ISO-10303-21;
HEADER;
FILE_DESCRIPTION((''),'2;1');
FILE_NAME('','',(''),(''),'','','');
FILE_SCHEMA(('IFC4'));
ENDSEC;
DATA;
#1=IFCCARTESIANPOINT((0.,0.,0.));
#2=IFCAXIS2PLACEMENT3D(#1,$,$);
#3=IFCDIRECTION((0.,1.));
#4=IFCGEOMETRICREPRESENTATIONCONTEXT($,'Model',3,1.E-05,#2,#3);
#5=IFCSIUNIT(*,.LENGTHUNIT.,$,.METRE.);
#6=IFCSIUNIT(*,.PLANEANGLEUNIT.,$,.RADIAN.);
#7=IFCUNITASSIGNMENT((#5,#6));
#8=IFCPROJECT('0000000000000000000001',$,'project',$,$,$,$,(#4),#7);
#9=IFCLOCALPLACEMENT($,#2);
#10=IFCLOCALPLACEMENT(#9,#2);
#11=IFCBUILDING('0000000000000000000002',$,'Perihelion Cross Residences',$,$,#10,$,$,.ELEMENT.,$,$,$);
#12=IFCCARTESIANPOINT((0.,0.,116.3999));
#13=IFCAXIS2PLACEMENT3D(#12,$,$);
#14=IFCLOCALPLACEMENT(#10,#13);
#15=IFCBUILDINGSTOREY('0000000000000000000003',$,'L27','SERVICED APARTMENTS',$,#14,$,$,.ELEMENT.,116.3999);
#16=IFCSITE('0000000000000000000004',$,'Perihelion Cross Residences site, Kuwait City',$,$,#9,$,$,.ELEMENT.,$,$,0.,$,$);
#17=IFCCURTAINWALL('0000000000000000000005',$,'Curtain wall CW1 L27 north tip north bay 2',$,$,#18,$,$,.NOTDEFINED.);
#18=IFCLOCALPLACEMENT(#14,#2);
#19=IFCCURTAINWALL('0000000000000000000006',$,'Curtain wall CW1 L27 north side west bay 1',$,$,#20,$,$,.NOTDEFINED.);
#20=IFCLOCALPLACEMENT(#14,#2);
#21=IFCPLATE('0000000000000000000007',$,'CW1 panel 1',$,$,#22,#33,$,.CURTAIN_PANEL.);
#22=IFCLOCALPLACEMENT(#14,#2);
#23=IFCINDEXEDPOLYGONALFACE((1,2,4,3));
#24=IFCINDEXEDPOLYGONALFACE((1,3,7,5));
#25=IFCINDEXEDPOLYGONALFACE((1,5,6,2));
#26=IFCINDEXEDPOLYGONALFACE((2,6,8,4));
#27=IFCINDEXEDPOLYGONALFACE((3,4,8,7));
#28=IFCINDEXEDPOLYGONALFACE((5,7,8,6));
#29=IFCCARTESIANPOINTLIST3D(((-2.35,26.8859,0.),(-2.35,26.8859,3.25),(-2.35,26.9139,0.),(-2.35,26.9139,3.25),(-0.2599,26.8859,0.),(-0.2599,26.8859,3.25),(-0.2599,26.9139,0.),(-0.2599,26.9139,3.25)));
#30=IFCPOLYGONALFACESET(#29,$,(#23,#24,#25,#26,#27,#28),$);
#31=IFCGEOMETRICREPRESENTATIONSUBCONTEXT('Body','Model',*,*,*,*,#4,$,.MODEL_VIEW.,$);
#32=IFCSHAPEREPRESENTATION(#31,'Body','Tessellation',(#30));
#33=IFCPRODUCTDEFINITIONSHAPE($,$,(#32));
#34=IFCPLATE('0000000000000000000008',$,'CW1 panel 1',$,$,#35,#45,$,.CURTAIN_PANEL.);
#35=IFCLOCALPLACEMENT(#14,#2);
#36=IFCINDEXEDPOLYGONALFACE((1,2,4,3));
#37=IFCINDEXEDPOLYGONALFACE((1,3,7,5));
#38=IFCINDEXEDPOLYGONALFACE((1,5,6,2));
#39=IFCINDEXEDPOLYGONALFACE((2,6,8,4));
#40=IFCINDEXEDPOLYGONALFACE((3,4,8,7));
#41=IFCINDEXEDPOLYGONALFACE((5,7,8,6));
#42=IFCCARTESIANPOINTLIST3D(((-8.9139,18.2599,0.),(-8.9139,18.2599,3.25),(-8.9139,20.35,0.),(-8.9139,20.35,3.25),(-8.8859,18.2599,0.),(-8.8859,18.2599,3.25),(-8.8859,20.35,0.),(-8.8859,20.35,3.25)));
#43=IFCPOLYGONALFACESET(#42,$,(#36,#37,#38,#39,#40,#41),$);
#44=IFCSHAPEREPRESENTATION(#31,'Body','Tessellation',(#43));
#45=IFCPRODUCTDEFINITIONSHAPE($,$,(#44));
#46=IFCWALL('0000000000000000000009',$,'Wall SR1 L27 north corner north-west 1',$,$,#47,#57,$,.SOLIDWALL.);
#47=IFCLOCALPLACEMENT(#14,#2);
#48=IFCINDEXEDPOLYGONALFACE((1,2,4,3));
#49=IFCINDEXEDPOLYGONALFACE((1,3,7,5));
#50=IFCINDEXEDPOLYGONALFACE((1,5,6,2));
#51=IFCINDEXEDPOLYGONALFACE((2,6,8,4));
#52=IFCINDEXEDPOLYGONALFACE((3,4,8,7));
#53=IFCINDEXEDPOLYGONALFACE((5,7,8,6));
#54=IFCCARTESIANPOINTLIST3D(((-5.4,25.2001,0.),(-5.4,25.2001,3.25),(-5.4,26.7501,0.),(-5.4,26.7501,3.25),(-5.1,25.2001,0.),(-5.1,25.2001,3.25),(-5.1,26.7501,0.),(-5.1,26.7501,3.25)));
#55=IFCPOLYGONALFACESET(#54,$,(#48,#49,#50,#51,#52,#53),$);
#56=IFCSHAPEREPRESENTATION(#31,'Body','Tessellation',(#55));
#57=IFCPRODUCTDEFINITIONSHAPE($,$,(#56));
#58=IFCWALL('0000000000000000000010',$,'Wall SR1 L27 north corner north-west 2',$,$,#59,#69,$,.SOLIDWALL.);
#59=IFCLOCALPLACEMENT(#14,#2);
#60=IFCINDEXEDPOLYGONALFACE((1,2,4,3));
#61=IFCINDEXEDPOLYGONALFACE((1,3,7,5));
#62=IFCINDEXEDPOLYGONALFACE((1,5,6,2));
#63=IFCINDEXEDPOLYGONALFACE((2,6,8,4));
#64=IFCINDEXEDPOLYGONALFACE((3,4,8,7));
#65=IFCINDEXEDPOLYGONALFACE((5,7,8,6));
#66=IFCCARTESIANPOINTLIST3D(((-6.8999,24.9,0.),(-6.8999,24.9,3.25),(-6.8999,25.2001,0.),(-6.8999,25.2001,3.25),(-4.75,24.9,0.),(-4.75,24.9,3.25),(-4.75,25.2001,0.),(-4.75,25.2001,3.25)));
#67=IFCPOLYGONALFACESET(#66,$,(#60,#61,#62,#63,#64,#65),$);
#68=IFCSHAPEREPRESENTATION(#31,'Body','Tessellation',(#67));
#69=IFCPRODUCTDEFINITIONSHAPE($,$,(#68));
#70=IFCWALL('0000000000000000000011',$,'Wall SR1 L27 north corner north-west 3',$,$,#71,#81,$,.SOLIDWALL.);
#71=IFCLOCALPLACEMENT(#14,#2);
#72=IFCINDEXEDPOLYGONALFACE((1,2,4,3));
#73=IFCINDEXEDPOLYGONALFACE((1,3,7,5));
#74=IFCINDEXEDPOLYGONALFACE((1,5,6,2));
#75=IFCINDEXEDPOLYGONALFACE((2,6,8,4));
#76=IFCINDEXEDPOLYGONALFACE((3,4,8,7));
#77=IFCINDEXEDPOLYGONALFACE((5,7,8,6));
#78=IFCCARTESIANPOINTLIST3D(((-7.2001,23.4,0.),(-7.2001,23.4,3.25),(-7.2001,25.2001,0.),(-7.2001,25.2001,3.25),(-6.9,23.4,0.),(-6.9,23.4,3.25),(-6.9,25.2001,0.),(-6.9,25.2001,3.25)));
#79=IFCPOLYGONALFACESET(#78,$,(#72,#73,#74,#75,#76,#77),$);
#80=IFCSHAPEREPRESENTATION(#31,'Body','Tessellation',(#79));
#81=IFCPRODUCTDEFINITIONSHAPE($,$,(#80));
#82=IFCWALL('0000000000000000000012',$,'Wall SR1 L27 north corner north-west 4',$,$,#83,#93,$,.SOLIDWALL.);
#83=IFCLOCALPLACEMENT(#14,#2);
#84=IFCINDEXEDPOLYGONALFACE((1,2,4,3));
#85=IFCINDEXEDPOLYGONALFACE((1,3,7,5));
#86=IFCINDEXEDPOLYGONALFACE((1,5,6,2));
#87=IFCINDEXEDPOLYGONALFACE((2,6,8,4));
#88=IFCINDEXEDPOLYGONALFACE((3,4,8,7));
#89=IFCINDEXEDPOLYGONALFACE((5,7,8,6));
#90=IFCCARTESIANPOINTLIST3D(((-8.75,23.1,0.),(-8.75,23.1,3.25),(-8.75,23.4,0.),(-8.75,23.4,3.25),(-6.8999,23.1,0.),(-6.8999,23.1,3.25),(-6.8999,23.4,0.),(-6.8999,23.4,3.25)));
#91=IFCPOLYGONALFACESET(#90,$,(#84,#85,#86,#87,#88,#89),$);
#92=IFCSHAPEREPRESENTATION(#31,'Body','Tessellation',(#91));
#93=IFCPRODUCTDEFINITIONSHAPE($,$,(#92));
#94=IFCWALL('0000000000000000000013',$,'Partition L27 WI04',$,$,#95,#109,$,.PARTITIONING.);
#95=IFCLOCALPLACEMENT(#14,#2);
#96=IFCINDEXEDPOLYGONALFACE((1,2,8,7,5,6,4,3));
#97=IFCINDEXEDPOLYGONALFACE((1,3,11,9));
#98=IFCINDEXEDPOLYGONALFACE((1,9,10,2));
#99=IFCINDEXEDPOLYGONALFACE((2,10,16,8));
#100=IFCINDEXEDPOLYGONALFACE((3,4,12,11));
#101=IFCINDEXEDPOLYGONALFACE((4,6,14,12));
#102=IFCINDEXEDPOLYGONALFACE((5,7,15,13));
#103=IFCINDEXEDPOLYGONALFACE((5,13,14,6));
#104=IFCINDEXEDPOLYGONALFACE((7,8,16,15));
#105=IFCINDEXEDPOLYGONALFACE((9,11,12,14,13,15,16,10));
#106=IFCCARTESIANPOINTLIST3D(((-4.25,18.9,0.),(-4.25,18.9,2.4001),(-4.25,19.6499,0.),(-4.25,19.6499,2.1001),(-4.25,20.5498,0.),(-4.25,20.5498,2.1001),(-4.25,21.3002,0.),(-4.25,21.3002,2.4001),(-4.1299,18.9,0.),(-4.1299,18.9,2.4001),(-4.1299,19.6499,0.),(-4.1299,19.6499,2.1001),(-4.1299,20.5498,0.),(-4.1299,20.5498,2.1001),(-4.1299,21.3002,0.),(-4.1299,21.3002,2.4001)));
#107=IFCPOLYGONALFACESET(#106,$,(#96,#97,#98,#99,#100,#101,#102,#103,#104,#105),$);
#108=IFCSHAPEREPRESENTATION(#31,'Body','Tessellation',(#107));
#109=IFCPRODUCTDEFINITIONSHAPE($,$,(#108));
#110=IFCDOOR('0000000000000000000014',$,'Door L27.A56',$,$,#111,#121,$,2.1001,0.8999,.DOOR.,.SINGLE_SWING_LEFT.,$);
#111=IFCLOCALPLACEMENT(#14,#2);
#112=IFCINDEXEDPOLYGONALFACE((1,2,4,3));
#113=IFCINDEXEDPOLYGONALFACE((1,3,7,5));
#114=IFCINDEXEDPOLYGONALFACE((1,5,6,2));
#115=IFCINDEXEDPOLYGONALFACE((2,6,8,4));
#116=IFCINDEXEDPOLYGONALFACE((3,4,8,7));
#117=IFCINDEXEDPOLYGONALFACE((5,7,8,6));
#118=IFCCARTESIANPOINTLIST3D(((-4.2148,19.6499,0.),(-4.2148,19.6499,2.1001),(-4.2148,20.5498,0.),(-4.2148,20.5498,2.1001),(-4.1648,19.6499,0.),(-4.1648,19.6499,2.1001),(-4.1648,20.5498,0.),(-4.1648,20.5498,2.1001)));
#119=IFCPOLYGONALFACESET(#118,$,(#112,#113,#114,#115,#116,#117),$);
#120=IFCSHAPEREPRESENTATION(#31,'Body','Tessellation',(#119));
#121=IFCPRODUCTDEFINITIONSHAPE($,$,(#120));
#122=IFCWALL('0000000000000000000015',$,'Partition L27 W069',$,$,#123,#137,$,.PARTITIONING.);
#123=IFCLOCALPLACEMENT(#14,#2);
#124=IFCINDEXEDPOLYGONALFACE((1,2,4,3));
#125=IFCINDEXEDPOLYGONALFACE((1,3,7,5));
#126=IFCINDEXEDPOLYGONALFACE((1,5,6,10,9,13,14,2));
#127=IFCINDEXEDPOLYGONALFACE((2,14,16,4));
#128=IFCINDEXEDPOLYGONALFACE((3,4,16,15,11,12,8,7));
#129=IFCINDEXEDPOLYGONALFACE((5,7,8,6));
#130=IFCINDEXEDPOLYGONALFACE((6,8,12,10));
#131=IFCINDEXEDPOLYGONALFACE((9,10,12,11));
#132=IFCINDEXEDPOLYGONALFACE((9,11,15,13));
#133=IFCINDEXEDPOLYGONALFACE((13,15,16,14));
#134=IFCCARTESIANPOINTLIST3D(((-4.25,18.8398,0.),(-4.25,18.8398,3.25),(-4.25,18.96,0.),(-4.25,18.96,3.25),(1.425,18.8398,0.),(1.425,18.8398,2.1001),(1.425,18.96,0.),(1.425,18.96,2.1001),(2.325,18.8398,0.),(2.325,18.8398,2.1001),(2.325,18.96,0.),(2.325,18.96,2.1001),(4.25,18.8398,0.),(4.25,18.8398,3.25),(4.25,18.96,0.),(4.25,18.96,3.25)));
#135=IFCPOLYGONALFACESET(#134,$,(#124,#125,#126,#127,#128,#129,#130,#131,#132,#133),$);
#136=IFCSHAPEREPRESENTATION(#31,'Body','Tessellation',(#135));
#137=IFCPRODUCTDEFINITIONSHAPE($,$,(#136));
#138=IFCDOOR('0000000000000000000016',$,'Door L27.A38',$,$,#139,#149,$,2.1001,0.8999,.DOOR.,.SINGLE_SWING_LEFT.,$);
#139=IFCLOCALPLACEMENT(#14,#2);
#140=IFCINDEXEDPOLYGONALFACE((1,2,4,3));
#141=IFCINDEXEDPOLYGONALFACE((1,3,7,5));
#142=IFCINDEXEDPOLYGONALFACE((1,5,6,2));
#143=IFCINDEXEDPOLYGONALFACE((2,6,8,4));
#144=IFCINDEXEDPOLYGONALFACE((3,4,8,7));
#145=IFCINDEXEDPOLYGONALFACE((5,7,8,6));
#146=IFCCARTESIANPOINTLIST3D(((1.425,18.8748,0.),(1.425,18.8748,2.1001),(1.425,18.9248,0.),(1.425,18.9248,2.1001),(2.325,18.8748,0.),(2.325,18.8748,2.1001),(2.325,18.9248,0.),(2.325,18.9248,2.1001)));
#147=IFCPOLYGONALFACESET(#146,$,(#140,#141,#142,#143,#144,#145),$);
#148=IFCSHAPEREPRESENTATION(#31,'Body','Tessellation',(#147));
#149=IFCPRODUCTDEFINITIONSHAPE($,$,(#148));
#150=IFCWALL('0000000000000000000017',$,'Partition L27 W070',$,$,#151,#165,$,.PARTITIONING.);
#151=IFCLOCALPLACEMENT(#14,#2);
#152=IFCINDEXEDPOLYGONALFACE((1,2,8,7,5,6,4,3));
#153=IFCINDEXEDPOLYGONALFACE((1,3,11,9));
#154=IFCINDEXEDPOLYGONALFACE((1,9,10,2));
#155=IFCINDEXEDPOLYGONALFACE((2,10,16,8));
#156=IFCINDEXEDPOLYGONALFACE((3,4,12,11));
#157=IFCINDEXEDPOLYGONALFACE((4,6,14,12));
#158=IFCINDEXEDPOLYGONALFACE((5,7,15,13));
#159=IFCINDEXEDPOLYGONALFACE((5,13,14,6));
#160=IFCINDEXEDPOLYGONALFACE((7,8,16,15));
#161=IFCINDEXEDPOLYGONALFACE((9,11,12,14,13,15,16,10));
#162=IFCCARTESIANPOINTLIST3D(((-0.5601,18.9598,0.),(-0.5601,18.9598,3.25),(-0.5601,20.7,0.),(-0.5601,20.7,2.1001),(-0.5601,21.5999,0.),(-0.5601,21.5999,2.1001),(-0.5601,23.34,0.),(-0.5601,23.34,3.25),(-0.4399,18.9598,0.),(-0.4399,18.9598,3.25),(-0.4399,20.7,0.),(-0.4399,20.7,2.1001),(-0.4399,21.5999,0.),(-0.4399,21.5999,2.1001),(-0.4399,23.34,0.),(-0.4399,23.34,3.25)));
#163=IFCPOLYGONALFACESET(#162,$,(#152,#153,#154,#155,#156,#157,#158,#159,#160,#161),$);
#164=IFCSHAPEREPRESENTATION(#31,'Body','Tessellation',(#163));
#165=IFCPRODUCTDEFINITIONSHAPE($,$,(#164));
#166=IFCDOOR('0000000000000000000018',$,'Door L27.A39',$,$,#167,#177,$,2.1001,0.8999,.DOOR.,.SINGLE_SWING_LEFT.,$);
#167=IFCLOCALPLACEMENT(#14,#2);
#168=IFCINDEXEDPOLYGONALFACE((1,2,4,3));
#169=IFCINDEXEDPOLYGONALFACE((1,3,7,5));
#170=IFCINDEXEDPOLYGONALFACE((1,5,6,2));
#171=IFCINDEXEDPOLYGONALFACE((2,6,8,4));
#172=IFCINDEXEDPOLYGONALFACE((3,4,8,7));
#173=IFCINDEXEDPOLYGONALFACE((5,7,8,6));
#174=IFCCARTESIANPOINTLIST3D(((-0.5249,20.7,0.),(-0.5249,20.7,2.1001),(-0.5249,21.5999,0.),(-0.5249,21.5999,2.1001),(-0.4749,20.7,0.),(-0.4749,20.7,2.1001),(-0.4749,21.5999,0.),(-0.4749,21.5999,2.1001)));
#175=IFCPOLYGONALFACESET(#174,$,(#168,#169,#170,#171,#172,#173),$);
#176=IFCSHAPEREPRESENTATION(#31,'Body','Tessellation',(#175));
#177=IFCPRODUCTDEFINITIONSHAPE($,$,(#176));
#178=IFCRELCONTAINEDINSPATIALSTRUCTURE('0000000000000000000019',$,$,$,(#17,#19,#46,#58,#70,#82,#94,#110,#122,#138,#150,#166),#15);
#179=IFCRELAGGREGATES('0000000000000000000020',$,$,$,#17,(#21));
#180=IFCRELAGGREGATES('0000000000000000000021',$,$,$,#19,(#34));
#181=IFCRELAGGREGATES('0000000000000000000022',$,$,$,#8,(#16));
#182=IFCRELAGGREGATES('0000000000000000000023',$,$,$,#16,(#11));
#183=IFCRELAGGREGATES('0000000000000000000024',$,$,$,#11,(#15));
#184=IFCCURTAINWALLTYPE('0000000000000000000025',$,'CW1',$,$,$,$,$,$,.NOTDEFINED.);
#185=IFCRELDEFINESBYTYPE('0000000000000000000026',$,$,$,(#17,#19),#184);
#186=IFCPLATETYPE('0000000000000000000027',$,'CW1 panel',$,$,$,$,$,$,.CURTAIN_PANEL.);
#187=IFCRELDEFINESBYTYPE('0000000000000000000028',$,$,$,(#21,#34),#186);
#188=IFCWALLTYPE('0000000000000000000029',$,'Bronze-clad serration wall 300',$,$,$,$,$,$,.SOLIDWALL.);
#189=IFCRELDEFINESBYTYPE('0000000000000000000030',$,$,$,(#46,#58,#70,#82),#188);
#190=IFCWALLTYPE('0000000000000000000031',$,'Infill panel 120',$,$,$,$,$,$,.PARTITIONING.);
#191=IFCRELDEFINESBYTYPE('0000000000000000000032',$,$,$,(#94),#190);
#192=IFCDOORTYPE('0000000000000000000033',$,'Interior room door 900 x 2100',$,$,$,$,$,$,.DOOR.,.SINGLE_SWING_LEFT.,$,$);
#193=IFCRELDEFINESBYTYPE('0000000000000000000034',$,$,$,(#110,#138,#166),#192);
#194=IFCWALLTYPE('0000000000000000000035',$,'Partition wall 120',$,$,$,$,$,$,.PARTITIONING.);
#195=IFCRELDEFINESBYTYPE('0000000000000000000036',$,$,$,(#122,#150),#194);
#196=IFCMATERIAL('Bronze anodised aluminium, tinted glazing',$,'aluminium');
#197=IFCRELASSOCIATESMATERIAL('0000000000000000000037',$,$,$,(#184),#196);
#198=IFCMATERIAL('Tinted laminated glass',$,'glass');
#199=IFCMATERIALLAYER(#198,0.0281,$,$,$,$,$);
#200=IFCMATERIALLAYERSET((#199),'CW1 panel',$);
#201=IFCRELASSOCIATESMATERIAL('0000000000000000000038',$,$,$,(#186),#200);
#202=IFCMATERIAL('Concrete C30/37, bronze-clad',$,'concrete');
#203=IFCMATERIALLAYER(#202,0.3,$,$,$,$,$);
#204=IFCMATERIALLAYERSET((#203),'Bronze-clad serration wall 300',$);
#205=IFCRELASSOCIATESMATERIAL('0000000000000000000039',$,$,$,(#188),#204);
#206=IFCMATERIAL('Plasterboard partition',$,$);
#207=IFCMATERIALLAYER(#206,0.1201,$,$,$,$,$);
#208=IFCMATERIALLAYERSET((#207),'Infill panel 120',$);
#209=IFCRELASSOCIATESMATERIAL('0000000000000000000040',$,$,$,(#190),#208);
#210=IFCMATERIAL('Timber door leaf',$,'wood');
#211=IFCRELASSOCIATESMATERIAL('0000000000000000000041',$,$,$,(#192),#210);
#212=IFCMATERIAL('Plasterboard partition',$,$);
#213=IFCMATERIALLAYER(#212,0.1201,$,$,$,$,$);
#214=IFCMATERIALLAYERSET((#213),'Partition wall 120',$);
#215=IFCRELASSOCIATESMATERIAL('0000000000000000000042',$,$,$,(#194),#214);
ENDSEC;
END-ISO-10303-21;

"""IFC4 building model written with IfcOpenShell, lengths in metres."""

from ifc_helpers import new_model, si_unit, direction, frame, frame_2d, origin, origin_2d, place, context, subcontext, project, spatial, rectangle, extrude, material, layer, layer_set, type_object, element, fill, aggregate, save


model = new_model("IFC4")

# Units and contexts
model_context = context("Model", 3, precision=1e-05, world=origin(), true_north=direction((0.0, 1.0)))
body_context = subcontext(model_context, "Body", "Model", "MODEL_VIEW")
ifc_project = project(units=[si_unit("LENGTHUNIT", "METRE"), si_unit("PLANEANGLEUNIT", "RADIAN")], contexts=[model_context])

# Site, building, storey
site_placement = place(None, origin())
site = spatial("IfcSite", under=ifc_project, at=site_placement, Name="Perihelion Cross Residences site, Kuwait City", CompositionType="ELEMENT", RefElevation=0.0)
building_placement = place(site_placement, origin())
building = spatial("IfcBuilding", under=site, at=building_placement, Name="Perihelion Cross Residences", CompositionType="ELEMENT")
storey_placement = place(building_placement, frame((0.0, 0.0, 116.3999)))
storey = spatial("IfcBuildingStorey", under=building, at=storey_placement, Name="L27", Description="SERVICED APARTMENTS", CompositionType="ELEMENT", Elevation=116.3999)

# Curtain walls
ifc_material_1 = material(Name="Bronze anodised aluminium, tinted glazing", Category="aluminium")
curtain_wall_type = type_object("IfcCurtainWallType", Name="CW1", PredefinedType="NOTDEFINED", material=ifc_material_1)
curtain_wall_1_placement = place(storey_placement, origin())
curtain_wall_1 = element("IfcCurtainWall", 1, at=curtain_wall_1_placement, inside=storey, type_object=curtain_wall_type, Name="Curtain wall CW1 L27 north tip north bay 2", PredefinedType="NOTDEFINED")
curtain_wall_2_placement = place(storey_placement, origin())
curtain_wall_2 = element("IfcCurtainWall", 2, at=curtain_wall_2_placement, inside=storey, type_object=curtain_wall_type, Name="Curtain wall CW1 L27 north side west bay 1", PredefinedType="NOTDEFINED")

# Plates
ifc_material_2 = material(Name="Tinted laminated glass", Category="glass")
ifc_layer_1 = layer(ifc_material_2, 0.0281)
ifc_layer_set_1 = layer_set([ifc_layer_1], Name="CW1 panel")
plate_type = type_object("IfcPlateType", Name="CW1 panel", PredefinedType="CURTAIN_PANEL", material=ifc_layer_set_1)
plate_1_placement = place(storey_placement, frame((-1.3049, 26.8999, 0.0), z_axis=(0.0, 0.0, 1.0), x_axis=(-1.0, 0.0, 0.0)))
plate_1 = element("IfcPlate", 3, at=plate_1_placement, type_object=plate_type, Name="CW1 panel 1", PredefinedType="CURTAIN_PANEL", context=body_context, shape_type="SweptSolid", body=[
    extrude(rectangle(XDim=2.0901, YDim=0.0281, at=origin_2d()), origin(), (0.0, 0.0, 1.0), 3.25),
])
aggregate(curtain_wall_1, [plate_1])
plate_2_placement = place(storey_placement, frame((-8.8999, 19.3049, 0.0), z_axis=(0.0, 0.0, 1.0), x_axis=(0.0, -1.0, 0.0)))
plate_2 = element("IfcPlate", 4, at=plate_2_placement, type_object=plate_type, Name="CW1 panel 1", PredefinedType="CURTAIN_PANEL", context=body_context, shape_type="SweptSolid", body=[
    extrude(rectangle(XDim=2.0901, YDim=0.0281, at=origin_2d()), origin(), (0.0, 0.0, 1.0), 3.25),
])
aggregate(curtain_wall_2, [plate_2])

# Walls
ifc_material_3 = material(Name="Concrete C30/37, bronze-clad", Category="concrete")
ifc_layer_2 = layer(ifc_material_3, 0.3)
ifc_layer_set_2 = layer_set([ifc_layer_2], Name="Bronze-clad serration wall 300")
wall_type_1 = type_object("IfcWallType", Name="Bronze-clad serration wall 300", PredefinedType="SOLIDWALL", material=ifc_layer_set_2)
wall_1_placement = place(storey_placement, frame((-5.25, 26.75, 0.0), z_axis=(0.0, 0.0, 1.0), x_axis=(0.0, -1.0, 0.0)))
element("IfcWall", 5, at=wall_1_placement, inside=storey, type_object=wall_type_1, Name="Wall SR1 L27 north corner north-west 1", PredefinedType="SOLIDWALL", context=body_context, shape_type="SweptSolid", body=[
    extrude(rectangle(XDim=1.55, YDim=0.3, at=frame_2d((0.7749, 0.0))), origin(), (0.0, 0.0, 1.0), 3.25),
])
wall_2_placement = place(storey_placement, frame((-4.75, 25.05, 0.0), z_axis=(0.0, 0.0, 1.0), x_axis=(-1.0, 0.0, 0.0)))
element("IfcWall", 6, at=wall_2_placement, inside=storey, type_object=wall_type_1, Name="Wall SR1 L27 north corner north-west 2", PredefinedType="SOLIDWALL", context=body_context, shape_type="SweptSolid", body=[
    extrude(rectangle(XDim=2.1499, YDim=0.3, at=frame_2d((1.075, 0.0))), origin(), (0.0, 0.0, 1.0), 3.25),
])
wall_3_placement = place(storey_placement, frame((-7.05, 25.2, 0.0), z_axis=(0.0, 0.0, 1.0), x_axis=(0.0, -1.0, 0.0)))
element("IfcWall", 7, at=wall_3_placement, inside=storey, type_object=wall_type_1, Name="Wall SR1 L27 north corner north-west 3", PredefinedType="SOLIDWALL", context=body_context, shape_type="SweptSolid", body=[
    extrude(rectangle(XDim=1.8, YDim=0.3, at=frame_2d((0.8999, 0.0))), origin(), (0.0, 0.0, 1.0), 3.25),
])
wall_4_placement = place(storey_placement, frame((-6.8999, 23.25, 0.0), z_axis=(0.0, 0.0, 1.0), x_axis=(-1.0, 0.0, 0.0)))
element("IfcWall", 8, at=wall_4_placement, inside=storey, type_object=wall_type_1, Name="Wall SR1 L27 north corner north-west 4", PredefinedType="SOLIDWALL", context=body_context, shape_type="SweptSolid", body=[
    extrude(rectangle(XDim=1.8501, YDim=0.3, at=frame_2d((0.925, 0.0))), origin(), (0.0, 0.0, 1.0), 3.25),
])

# Walls, openings, doors
ifc_material_4 = material(Name="Plasterboard partition")
ifc_layer_3 = layer(ifc_material_4, 0.1201)
ifc_layer_set_3 = layer_set([ifc_layer_3], Name="Infill panel 120")
wall_type_2 = type_object("IfcWallType", Name="Infill panel 120", PredefinedType="PARTITIONING", material=ifc_layer_set_3)
wall_5_placement = place(storey_placement, frame((-4.1899, 18.8999, 0.0), z_axis=(0.0, 0.0, 1.0), x_axis=(0.0, 1.0, 0.0)))
wall_5 = element("IfcWall", 9, at=wall_5_placement, inside=storey, type_object=wall_type_2, Name="Partition L27 WI04", PredefinedType="PARTITIONING", context=body_context, shape_type="SweptSolid", body=[
    extrude(rectangle(XDim=2.4001, YDim=0.1201, at=frame_2d((1.2002, 0.0))), origin(), (0.0, 0.0, 1.0), 2.4001),
])
opening_1_placement = place(wall_5_placement, frame((0.75, 0.0, 0.0)))
opening_1 = element("IfcOpeningElement", 10, at=opening_1_placement, cuts=wall_5, PredefinedType="OPENING", context=body_context, shape_type="SweptSolid", body=[
    extrude(rectangle(XDim=0.8999, YDim=2.1001, at=frame_2d((0.45, 1.05))), frame((0.0, 0.0701, 0.0), z_axis=(0.0, -1.0, 0.0), x_axis=(1.0, 0.0, 0.0)), (0.0, 0.0, 1.0), 0.1401),
])
ifc_material_5 = material(Name="Timber door leaf", Category="wood")
door_type_1 = type_object("IfcDoorType", Name="Interior room door 900 x 2100", OperationType="SINGLE_SWING_LEFT", PredefinedType="DOOR", material=ifc_material_5)
door_1_placement = place(opening_1_placement, origin())
door_1 = element("IfcDoor", 11, at=door_1_placement, inside=storey, type_object=door_type_1, Name="Door L27.A56", OperationType="SINGLE_SWING_LEFT", OverallHeight=2.1001, OverallWidth=0.8999, PredefinedType="DOOR", context=body_context, shape_type="SweptSolid", body=[
    extrude(rectangle(XDim=0.8999, YDim=2.1001, at=frame_2d((0.45, 1.05))), frame((0.0, 0.0249, 0.0), z_axis=(0.0, -1.0, 0.0), x_axis=(1.0, 0.0, 0.0)), (0.0, 0.0, 1.0), 0.05),
])
fill(opening_1, door_1)
ifc_material_6 = material(Name="Plasterboard partition")
ifc_layer_4 = layer(ifc_material_6, 0.1201)
ifc_layer_set_4 = layer_set([ifc_layer_4], Name="Partition wall 120")
wall_type_3 = type_object("IfcWallType", Name="Partition wall 120", PredefinedType="PARTITIONING", material=ifc_layer_set_4)
wall_6_placement = place(storey_placement, frame((-4.25, 18.8999, 0.0), z_axis=(0.0, 0.0, 1.0), x_axis=(1.0, 0.0, 0.0)))
wall_6 = element("IfcWall", 12, at=wall_6_placement, inside=storey, type_object=wall_type_3, Name="Partition L27 W069", PredefinedType="PARTITIONING", context=body_context, shape_type="SweptSolid", body=[
    extrude(rectangle(XDim=8.5, YDim=0.1201, at=frame_2d((4.25, 0.0))), origin(), (0.0, 0.0, 1.0), 3.25),
])
opening_2_placement = place(wall_6_placement, frame((5.675, 0.0, 0.0)))
opening_2 = element("IfcOpeningElement", 13, at=opening_2_placement, cuts=wall_6, PredefinedType="OPENING", context=body_context, shape_type="SweptSolid", body=[
    extrude(rectangle(XDim=0.8999, YDim=2.1001, at=frame_2d((0.45, 1.05))), frame((0.0, 0.0701, 0.0), z_axis=(0.0, -1.0, 0.0), x_axis=(1.0, 0.0, 0.0)), (0.0, 0.0, 1.0), 0.1401),
])
door_2_placement = place(opening_2_placement, origin())
door_2 = element("IfcDoor", 14, at=door_2_placement, inside=storey, type_object=door_type_1, Name="Door L27.A38", OperationType="SINGLE_SWING_LEFT", OverallHeight=2.1001, OverallWidth=0.8999, PredefinedType="DOOR", context=body_context, shape_type="SweptSolid", body=[
    extrude(rectangle(XDim=0.8999, YDim=2.1001, at=frame_2d((0.45, 1.05))), frame((0.0, 0.0249, 0.0), z_axis=(0.0, -1.0, 0.0), x_axis=(1.0, 0.0, 0.0)), (0.0, 0.0, 1.0), 0.05),
])
fill(opening_2, door_2)
wall_7_placement = place(storey_placement, frame((-0.5, 18.96, 0.0), z_axis=(0.0, 0.0, 1.0), x_axis=(0.0, 1.0, 0.0)))
wall_7 = element("IfcWall", 15, at=wall_7_placement, inside=storey, type_object=wall_type_3, Name="Partition L27 W070", PredefinedType="PARTITIONING", context=body_context, shape_type="SweptSolid", body=[
    extrude(rectangle(XDim=4.3801, YDim=0.1201, at=frame_2d((2.1899, 0.0))), origin(), (0.0, 0.0, 1.0), 3.25),
])
opening_3_placement = place(wall_7_placement, frame((1.74, 0.0, 0.0)))
opening_3 = element("IfcOpeningElement", 16, at=opening_3_placement, cuts=wall_7, PredefinedType="OPENING", context=body_context, shape_type="SweptSolid", body=[
    extrude(rectangle(XDim=0.8999, YDim=2.1001, at=frame_2d((0.45, 1.05))), frame((0.0, 0.0701, 0.0), z_axis=(0.0, -1.0, 0.0), x_axis=(1.0, 0.0, 0.0)), (0.0, 0.0, 1.0), 0.1401),
])
door_3_placement = place(opening_3_placement, origin())
door_3 = element("IfcDoor", 17, at=door_3_placement, inside=storey, type_object=door_type_1, Name="Door L27.A39", OperationType="SINGLE_SWING_LEFT", OverallHeight=2.1001, OverallWidth=0.8999, PredefinedType="DOOR", context=body_context, shape_type="SweptSolid", body=[
    extrude(rectangle(XDim=0.8999, YDim=2.1001, at=frame_2d((0.45, 1.05))), frame((0.0, 0.0249, 0.0), z_axis=(0.0, -1.0, 0.0), x_axis=(1.0, 0.0, 0.0)), (0.0, 0.0, 1.0), 0.05),
])
fill(opening_3, door_3)

save(model, "model.ifc")
